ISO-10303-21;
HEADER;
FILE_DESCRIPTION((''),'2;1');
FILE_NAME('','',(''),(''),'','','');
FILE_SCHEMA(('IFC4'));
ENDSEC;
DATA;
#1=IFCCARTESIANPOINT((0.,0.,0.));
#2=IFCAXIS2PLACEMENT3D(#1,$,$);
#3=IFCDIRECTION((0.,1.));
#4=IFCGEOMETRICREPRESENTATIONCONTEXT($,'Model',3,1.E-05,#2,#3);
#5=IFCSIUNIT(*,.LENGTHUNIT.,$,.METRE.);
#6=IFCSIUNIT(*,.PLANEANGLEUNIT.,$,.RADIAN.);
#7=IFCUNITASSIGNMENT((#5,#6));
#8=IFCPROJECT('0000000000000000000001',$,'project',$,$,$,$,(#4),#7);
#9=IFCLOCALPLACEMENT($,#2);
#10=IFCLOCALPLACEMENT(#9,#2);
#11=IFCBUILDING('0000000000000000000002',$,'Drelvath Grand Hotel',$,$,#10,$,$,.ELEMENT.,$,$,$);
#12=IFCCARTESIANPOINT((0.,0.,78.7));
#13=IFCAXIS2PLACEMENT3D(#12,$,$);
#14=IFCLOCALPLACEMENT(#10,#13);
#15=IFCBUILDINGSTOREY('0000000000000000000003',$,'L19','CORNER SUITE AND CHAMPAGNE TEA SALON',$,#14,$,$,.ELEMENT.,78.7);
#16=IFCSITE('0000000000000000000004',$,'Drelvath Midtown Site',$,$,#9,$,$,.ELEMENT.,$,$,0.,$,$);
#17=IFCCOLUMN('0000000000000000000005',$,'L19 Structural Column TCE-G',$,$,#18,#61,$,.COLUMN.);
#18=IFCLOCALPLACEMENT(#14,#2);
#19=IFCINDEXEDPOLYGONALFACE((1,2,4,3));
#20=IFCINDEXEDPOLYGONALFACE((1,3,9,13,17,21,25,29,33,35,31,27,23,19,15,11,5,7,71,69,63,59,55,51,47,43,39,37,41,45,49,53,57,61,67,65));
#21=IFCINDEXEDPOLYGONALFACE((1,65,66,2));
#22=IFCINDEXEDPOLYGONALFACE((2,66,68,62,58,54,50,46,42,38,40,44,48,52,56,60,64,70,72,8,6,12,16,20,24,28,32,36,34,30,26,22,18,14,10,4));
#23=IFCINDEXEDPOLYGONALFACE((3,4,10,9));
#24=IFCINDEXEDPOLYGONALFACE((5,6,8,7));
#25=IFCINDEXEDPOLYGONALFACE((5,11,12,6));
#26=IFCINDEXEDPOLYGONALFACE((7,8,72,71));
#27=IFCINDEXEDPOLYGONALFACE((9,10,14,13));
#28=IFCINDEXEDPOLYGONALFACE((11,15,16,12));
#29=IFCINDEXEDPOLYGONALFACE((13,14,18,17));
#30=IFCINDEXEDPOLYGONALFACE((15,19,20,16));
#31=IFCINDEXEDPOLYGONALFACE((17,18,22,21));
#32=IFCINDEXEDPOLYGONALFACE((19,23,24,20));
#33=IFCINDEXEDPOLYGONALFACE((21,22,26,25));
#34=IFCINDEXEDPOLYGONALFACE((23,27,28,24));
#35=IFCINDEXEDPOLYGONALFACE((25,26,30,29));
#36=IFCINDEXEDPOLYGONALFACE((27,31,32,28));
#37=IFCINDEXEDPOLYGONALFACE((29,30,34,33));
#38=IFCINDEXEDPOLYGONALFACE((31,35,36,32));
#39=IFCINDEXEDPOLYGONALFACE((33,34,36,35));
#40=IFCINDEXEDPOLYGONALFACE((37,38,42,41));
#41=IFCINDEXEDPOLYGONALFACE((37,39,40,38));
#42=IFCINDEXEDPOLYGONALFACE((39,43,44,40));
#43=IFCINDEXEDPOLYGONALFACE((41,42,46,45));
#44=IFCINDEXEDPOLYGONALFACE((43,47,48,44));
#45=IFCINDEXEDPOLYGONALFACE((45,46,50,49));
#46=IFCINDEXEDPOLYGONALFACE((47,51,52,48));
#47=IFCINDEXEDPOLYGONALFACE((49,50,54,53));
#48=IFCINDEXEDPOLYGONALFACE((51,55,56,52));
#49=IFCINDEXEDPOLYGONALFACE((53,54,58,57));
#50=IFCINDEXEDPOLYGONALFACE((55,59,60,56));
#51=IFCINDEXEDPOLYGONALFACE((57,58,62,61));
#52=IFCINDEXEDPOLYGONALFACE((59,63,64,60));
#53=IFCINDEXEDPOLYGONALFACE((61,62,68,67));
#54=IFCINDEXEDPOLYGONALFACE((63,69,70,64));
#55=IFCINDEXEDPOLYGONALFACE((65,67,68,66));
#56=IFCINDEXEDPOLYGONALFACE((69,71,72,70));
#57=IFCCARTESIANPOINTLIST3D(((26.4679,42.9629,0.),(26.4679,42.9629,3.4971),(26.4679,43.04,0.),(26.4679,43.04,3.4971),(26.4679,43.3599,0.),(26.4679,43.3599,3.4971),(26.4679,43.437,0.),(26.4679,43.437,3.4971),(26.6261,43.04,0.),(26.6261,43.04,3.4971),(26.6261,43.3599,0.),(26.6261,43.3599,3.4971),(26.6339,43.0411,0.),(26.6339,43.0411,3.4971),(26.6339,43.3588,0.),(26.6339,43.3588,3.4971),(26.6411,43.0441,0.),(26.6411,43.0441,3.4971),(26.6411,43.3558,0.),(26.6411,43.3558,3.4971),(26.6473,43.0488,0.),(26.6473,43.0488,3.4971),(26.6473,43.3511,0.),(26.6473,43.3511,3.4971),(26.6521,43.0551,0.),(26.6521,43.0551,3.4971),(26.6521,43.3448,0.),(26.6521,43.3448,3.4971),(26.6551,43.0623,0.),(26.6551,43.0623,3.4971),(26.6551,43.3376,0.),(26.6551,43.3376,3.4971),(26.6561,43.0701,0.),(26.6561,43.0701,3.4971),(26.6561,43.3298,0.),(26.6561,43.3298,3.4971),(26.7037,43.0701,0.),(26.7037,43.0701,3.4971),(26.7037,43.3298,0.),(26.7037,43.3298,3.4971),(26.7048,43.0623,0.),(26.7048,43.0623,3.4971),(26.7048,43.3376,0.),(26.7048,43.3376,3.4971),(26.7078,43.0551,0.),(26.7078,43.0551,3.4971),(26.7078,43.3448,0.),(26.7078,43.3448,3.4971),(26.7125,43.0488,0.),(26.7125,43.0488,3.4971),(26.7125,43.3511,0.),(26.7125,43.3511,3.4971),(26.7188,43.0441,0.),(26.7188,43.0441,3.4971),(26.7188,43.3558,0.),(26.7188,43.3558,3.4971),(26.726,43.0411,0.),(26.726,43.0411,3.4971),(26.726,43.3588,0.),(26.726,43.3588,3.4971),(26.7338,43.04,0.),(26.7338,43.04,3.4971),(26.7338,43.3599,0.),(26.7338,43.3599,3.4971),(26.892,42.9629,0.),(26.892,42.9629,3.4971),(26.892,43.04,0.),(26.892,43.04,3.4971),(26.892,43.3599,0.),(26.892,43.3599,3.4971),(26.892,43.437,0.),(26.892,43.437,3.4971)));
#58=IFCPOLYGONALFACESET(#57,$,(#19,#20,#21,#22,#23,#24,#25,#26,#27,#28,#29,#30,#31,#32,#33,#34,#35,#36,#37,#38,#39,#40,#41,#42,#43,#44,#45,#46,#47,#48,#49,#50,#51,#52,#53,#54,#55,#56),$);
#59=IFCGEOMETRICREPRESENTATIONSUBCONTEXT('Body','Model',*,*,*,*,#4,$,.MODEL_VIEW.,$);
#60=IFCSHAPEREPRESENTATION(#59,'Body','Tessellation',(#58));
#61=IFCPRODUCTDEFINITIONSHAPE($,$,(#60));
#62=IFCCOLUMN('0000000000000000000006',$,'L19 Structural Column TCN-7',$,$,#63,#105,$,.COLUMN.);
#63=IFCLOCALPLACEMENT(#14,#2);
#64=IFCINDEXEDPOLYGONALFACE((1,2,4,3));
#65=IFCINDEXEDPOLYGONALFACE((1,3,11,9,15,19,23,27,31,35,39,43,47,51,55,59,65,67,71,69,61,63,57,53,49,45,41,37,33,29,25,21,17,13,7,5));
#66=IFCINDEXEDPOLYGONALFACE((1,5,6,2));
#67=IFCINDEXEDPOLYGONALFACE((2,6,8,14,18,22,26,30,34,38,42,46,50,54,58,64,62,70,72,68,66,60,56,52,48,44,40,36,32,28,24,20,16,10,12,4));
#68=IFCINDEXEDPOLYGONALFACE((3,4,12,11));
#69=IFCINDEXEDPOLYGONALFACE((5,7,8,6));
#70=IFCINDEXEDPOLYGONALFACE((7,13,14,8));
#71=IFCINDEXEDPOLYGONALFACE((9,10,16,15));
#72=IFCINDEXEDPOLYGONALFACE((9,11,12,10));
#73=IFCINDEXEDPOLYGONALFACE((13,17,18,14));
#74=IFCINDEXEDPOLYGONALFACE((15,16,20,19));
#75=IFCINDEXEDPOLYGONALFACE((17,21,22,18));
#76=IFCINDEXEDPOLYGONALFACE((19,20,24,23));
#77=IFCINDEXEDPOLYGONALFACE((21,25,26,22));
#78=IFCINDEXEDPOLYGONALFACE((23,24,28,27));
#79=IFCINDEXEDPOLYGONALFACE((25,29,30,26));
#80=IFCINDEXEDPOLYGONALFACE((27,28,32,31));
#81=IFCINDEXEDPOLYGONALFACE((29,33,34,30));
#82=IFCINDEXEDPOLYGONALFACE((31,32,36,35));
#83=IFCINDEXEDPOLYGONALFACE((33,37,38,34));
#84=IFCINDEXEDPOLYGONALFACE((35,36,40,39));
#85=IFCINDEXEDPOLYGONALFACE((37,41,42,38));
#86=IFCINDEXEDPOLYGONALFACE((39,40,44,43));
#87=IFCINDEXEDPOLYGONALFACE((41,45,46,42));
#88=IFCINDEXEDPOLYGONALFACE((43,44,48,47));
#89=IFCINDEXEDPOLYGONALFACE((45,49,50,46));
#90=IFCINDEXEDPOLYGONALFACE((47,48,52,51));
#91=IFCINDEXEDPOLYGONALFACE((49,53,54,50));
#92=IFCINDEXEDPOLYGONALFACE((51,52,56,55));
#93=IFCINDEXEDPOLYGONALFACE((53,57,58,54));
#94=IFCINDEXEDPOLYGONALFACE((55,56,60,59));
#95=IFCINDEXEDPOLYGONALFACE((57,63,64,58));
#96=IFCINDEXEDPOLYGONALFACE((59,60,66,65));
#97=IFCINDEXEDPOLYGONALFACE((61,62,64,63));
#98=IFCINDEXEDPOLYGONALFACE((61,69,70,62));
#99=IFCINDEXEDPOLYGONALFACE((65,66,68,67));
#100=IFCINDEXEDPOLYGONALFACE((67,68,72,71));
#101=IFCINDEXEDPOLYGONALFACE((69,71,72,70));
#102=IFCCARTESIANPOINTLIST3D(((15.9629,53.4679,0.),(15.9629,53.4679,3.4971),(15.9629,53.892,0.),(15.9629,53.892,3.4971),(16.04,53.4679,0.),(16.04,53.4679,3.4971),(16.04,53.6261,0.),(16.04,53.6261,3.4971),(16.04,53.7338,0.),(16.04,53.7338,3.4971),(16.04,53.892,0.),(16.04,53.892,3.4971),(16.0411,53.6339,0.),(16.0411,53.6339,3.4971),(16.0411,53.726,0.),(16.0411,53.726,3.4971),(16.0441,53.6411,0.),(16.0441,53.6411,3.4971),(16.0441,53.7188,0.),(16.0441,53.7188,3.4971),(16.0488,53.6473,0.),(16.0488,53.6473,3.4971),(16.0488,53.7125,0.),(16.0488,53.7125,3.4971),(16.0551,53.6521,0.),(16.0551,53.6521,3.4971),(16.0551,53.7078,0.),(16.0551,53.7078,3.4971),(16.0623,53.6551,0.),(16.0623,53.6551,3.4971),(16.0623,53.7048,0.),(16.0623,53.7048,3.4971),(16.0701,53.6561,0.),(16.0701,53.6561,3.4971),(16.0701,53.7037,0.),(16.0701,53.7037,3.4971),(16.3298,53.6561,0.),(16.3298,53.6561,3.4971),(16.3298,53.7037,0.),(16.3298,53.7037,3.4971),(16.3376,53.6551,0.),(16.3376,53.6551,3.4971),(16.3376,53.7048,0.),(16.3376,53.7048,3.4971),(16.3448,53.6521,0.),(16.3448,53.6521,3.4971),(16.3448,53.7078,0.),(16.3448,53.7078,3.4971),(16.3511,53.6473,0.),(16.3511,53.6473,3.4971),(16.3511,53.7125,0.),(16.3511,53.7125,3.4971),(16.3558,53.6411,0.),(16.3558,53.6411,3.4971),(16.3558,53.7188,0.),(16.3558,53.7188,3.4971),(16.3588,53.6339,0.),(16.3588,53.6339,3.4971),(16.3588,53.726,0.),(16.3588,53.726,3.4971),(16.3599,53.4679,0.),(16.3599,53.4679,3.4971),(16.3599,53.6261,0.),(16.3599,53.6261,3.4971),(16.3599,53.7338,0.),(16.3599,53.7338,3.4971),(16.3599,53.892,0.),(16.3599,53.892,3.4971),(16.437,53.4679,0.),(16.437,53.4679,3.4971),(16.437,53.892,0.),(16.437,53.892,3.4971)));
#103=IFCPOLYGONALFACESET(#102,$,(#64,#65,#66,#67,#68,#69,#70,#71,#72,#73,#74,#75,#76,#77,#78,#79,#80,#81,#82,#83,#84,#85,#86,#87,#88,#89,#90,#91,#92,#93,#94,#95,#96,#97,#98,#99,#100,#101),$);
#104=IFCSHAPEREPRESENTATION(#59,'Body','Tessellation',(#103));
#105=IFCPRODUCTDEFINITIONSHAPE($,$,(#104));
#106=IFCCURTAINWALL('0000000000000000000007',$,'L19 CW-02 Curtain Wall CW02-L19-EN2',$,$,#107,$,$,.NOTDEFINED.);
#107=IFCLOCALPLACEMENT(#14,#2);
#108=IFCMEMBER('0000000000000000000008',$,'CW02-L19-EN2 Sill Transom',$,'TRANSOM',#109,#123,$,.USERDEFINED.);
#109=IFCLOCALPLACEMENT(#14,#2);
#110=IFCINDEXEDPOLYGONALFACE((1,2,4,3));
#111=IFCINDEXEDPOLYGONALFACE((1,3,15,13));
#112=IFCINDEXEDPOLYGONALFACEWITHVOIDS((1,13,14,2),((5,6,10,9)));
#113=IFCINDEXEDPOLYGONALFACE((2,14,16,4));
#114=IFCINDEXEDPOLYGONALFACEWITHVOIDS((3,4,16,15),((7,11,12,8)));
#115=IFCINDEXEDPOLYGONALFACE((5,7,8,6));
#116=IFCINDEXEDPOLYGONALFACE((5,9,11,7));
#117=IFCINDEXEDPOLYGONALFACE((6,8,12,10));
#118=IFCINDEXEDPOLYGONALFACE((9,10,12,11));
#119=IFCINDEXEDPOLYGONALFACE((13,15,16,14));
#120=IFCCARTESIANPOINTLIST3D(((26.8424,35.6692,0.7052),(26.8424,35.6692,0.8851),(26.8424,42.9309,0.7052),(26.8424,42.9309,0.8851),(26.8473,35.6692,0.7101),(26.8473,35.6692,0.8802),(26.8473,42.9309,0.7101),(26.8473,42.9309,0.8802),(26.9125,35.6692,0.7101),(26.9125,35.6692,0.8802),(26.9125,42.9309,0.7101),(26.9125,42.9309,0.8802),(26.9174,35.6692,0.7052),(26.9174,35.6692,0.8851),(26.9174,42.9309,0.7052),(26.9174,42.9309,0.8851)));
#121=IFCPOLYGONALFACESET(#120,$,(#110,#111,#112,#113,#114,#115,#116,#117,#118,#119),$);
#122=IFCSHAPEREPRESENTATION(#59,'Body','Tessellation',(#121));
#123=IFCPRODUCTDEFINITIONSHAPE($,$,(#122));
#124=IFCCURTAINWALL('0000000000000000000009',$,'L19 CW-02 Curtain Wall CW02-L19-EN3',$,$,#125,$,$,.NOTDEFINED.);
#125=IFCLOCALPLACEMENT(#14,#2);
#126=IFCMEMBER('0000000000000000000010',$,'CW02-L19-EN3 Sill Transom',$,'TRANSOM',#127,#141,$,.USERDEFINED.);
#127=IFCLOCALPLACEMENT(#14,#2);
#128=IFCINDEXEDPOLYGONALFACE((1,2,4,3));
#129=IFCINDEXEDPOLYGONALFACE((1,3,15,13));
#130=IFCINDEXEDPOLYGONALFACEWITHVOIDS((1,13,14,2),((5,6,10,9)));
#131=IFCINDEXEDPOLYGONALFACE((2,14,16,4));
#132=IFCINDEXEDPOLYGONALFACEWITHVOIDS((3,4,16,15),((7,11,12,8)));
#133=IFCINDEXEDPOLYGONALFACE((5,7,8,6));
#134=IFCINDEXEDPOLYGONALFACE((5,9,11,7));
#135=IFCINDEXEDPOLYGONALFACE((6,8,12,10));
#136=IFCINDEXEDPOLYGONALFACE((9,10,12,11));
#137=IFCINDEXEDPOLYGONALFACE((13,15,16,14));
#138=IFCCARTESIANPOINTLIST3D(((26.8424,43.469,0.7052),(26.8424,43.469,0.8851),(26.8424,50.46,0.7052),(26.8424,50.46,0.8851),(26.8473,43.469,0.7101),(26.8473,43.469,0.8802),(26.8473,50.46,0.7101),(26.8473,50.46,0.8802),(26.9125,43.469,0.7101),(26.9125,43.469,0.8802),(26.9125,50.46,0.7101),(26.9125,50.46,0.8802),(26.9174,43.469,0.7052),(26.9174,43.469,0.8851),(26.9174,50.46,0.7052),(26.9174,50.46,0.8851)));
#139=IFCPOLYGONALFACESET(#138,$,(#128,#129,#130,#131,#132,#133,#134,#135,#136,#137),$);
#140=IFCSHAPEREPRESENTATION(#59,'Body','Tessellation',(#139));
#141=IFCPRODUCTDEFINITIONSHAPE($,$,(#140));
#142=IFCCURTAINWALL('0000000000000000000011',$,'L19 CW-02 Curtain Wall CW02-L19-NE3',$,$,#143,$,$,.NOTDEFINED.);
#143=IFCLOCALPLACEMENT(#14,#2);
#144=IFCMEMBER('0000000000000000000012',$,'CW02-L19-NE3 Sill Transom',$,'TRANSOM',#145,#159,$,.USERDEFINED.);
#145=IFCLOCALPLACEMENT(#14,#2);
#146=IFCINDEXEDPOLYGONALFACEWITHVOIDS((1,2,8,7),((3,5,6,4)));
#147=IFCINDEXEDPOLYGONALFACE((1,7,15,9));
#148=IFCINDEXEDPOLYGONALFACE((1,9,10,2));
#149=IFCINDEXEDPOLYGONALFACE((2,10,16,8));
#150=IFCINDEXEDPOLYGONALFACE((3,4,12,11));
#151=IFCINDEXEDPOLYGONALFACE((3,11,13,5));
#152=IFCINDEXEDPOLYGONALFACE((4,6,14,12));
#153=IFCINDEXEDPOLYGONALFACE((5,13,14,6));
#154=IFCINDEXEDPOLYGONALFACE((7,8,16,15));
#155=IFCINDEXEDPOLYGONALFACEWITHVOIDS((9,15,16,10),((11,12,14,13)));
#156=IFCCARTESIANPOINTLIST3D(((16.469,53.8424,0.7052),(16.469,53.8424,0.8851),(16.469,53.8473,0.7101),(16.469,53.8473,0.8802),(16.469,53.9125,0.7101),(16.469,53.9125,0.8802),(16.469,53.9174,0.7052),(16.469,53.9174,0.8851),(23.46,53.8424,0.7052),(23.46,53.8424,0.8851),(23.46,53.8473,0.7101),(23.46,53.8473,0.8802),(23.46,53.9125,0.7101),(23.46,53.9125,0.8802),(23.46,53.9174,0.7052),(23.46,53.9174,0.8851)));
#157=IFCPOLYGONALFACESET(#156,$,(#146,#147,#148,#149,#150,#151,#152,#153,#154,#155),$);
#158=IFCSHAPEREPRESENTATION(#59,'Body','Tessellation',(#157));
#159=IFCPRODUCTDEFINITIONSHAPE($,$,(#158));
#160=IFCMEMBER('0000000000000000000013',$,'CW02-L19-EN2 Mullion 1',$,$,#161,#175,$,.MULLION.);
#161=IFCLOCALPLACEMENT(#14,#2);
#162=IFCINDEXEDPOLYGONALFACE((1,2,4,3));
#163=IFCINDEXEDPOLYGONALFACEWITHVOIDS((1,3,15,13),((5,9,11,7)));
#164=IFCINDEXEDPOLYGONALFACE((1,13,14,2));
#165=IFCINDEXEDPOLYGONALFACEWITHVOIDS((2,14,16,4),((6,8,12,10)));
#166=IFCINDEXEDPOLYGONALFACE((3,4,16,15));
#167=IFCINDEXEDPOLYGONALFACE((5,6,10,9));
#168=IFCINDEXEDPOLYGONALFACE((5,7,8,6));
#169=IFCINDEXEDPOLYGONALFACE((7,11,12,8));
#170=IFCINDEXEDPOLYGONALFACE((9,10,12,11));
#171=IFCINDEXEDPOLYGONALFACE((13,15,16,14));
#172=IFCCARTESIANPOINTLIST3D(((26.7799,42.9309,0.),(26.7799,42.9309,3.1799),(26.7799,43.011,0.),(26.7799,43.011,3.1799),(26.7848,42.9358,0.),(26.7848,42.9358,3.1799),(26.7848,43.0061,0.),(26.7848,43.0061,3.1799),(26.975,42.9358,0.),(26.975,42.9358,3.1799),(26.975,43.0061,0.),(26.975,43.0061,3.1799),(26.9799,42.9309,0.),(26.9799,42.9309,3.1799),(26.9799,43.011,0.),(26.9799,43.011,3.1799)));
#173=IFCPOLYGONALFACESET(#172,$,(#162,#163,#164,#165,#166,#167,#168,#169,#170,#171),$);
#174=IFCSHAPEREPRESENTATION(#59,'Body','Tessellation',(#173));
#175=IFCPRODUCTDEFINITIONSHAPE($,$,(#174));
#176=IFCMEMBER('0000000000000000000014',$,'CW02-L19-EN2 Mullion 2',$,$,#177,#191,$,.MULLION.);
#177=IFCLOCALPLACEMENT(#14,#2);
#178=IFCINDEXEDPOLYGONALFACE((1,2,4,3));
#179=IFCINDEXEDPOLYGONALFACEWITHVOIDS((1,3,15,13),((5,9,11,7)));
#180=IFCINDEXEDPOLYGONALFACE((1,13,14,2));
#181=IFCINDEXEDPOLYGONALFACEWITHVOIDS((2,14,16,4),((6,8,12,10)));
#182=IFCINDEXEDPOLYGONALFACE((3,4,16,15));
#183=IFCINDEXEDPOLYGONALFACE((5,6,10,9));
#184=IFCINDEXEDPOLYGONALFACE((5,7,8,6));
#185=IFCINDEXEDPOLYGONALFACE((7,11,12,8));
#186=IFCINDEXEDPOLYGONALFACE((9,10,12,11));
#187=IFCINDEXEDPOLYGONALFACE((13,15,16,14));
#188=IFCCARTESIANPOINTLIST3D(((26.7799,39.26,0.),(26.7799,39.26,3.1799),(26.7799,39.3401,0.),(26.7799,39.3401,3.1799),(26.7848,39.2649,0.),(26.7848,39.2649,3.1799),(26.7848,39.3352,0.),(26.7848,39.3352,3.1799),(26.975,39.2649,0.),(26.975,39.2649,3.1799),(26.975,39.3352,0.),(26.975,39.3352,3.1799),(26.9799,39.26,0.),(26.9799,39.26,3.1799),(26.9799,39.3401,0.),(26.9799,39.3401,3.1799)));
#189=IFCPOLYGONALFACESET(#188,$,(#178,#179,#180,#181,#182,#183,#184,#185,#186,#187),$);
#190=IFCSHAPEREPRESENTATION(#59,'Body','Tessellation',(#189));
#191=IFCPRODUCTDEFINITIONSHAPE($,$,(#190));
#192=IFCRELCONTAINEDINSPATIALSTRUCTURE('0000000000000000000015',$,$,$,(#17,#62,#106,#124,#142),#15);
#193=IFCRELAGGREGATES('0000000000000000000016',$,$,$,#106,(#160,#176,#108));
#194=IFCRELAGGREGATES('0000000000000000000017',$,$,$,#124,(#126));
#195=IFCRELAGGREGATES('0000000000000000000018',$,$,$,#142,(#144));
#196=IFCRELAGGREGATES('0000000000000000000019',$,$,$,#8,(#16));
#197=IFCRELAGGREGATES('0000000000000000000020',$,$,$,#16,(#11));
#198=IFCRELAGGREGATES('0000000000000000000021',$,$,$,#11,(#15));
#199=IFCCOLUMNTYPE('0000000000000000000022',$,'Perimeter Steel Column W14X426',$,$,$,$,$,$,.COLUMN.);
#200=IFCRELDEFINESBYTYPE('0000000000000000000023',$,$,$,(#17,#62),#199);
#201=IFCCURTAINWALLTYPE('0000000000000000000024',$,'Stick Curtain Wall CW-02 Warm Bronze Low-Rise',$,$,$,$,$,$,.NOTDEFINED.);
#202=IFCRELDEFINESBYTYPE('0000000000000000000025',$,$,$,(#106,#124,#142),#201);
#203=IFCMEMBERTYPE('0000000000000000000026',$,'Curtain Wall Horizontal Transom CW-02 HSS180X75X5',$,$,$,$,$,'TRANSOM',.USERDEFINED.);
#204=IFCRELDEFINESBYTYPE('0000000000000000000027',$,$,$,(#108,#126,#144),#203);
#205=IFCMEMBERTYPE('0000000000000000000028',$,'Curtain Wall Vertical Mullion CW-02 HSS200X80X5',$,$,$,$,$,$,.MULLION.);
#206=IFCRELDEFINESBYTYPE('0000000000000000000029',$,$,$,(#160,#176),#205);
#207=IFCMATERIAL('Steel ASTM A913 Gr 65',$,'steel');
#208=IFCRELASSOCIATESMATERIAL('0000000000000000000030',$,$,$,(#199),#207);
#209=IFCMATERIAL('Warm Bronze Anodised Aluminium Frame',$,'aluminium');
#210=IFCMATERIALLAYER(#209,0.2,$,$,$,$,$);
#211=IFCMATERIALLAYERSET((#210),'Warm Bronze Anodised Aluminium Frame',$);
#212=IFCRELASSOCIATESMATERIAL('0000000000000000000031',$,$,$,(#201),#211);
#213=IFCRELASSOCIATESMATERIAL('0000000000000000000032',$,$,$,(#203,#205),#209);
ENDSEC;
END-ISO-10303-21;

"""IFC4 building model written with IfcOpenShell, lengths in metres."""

from ifc_helpers import new_model, si_unit, direction, frame, origin, origin_2d, place, context, subcontext, project, spatial, hollow_rectangle, i_section, extrude, material, layer, layer_set, material_profile, profile_set, type_object, element, aggregate, save


model = new_model("IFC4")

# Units and contexts
model_context = context("Model", 3, precision=1e-05, world=origin(), true_north=direction((0.0, 1.0)))
body_context = subcontext(model_context, "Body", "Model", "MODEL_VIEW")
ifc_project = project(units=[si_unit("LENGTHUNIT", "METRE"), si_unit("PLANEANGLEUNIT", "RADIAN")], contexts=[model_context])

# Site, building, storey
site_placement = place(None, origin())
site = spatial("IfcSite", under=ifc_project, at=site_placement, Name="Drelvath Midtown Site", CompositionType="ELEMENT", RefElevation=0.0)
building_placement = place(site_placement, origin())
building = spatial("IfcBuilding", under=site, at=building_placement, Name="Drelvath Grand Hotel", CompositionType="ELEMENT")
storey_placement = place(building_placement, frame((0.0, 0.0, 78.7)))
storey = spatial("IfcBuildingStorey", under=building, at=storey_placement, Name="L19", Description="CORNER SUITE AND CHAMPAGNE TEA SALON", CompositionType="ELEMENT", Elevation=78.7)

# Columns
ifc_material_1 = material(Name="Steel ASTM A913 Gr 65", Category="steel")
ifc_material_profile_1 = material_profile(ifc_material_1, i_section(OverallWidth=0.4241, OverallDepth=0.4741, WebThickness=0.0476, FlangeThickness=0.0771, FilletRadius=0.03, at=origin_2d()), Name="W14X426")
ifc_profile_set_1 = profile_set([ifc_material_profile_1], Name="Steel ASTM A913 Gr 65")
column_type = type_object("IfcColumnType", Name="Perimeter Steel Column W14X426", PredefinedType="COLUMN", material=ifc_profile_set_1)
for number, where, z_axis, x_axis, name in (
    (1, (26.6799, 43.2, 0.0), (0.0, 0.0, 1.0), (1.0, 0.0, 0.0), "L19 Structural Column TCE-G"),
    (2, (16.2, 53.6799, 0.0), (0.0, 0.0, 1.0), (0.0, 1.0, 0.0), "L19 Structural Column TCN-7"),
):
    element("IfcColumn", number, at=place(storey_placement, frame(where, z_axis=z_axis, x_axis=x_axis)), inside=storey, type_object=column_type, Name=name, PredefinedType="COLUMN", context=body_context, shape_type="SweptSolid", body=[
        extrude(i_section(OverallWidth=0.4241, OverallDepth=0.4741, WebThickness=0.0476, FlangeThickness=0.0771, FilletRadius=0.03, at=origin_2d()), origin(), (0.0, 0.0, 1.0), 3.4971),
    ])

# Curtain walls, members
ifc_material_2 = material(Name="Warm Bronze Anodised Aluminium Frame", Category="aluminium")
ifc_layer_1 = layer(ifc_material_2, 0.2)
ifc_layer_set_1 = layer_set([ifc_layer_1], Name="Warm Bronze Anodised Aluminium Frame")
curtain_wall_type = type_object("IfcCurtainWallType", Name="Stick Curtain Wall CW-02 Warm Bronze Low-Rise", PredefinedType="NOTDEFINED", material=ifc_layer_set_1)
curtain_wall_1_placement = place(storey_placement, origin())
curtain_wall_1 = element("IfcCurtainWall", 3, at=curtain_wall_1_placement, inside=storey, type_object=curtain_wall_type, Name="L19 CW-02 Curtain Wall CW02-L19-EN2", PredefinedType="NOTDEFINED")
ifc_material_profile_2 = material_profile(ifc_material_2, hollow_rectangle(XDim=0.075, YDim=0.1799, WallThickness=0.0049, at=origin_2d()), Name="HSS180X75X5")
ifc_profile_set_2 = profile_set([ifc_material_profile_2], Name="Warm Bronze Anodised Aluminium Frame")
member_type_1 = type_object("IfcMemberType", Name="Curtain Wall Horizontal Transom CW-02 HSS180X75X5", ElementType="TRANSOM", PredefinedType="USERDEFINED", material=ifc_profile_set_2)
member_1_placement = place(storey_placement, frame((26.8799, 42.9309, 0.7952), z_axis=(0.0, -1.0, 0.0), x_axis=(1.0, 0.0, 0.0)))
member_1 = element("IfcMember", 4, at=member_1_placement, type_object=member_type_1, Name="CW02-L19-EN2 Sill Transom", ObjectType="TRANSOM", PredefinedType="USERDEFINED", context=body_context, shape_type="SweptSolid", body=[
    extrude(hollow_rectangle(XDim=0.075, YDim=0.1799, WallThickness=0.0049, at=origin_2d()), origin(), (0.0, 0.0, 1.0), 7.2617),
])
curtain_wall_2_placement = place(storey_placement, origin())
curtain_wall_2 = element("IfcCurtainWall", 5, at=curtain_wall_2_placement, inside=storey, type_object=curtain_wall_type, Name="L19 CW-02 Curtain Wall CW02-L19-EN3", PredefinedType="NOTDEFINED")
member_2_placement = place(storey_placement, frame((26.8799, 50.46, 0.7952), z_axis=(0.0, -1.0, 0.0), x_axis=(1.0, 0.0, 0.0)))
member_2 = element("IfcMember", 6, at=member_2_placement, type_object=member_type_1, Name="CW02-L19-EN3 Sill Transom", ObjectType="TRANSOM", PredefinedType="USERDEFINED", context=body_context, shape_type="SweptSolid", body=[
    extrude(hollow_rectangle(XDim=0.075, YDim=0.1799, WallThickness=0.0049, at=origin_2d()), origin(), (0.0, 0.0, 1.0), 6.991),
])
curtain_wall_3_placement = place(storey_placement, origin())
curtain_wall_3 = element("IfcCurtainWall", 7, at=curtain_wall_3_placement, inside=storey, type_object=curtain_wall_type, Name="L19 CW-02 Curtain Wall CW02-L19-NE3", PredefinedType="NOTDEFINED")
member_3_placement = place(storey_placement, frame((16.469, 53.8799, 0.7952), z_axis=(1.0, 0.0, 0.0), x_axis=(0.0, 1.0, 0.0)))
member_3 = element("IfcMember", 8, at=member_3_placement, type_object=member_type_1, Name="CW02-L19-NE3 Sill Transom", ObjectType="TRANSOM", PredefinedType="USERDEFINED", context=body_context, shape_type="SweptSolid", body=[
    extrude(hollow_rectangle(XDim=0.075, YDim=0.1799, WallThickness=0.0049, at=origin_2d()), origin(), (0.0, 0.0, 1.0), 6.991),
])

# Members
ifc_material_profile_3 = material_profile(ifc_material_2, hollow_rectangle(XDim=0.0801, YDim=0.2, WallThickness=0.0049, at=origin_2d()), Name="HSS200X80X5")
ifc_profile_set_3 = profile_set([ifc_material_profile_3], Name="Warm Bronze Anodised Aluminium Frame")
member_type_2 = type_object("IfcMemberType", Name="Curtain Wall Vertical Mullion CW-02 HSS200X80X5", PredefinedType="MULLION", material=ifc_profile_set_3)
member_4_placement = place(storey_placement, frame((26.8799, 42.9709, 0.0), z_axis=(0.0, 0.0, 1.0), x_axis=(0.0, 1.0, 0.0)))
member_4 = element("IfcMember", 9, at=member_4_placement, type_object=member_type_2, Name="CW02-L19-EN2 Mullion 1", PredefinedType="MULLION", context=body_context, shape_type="SweptSolid", body=[
    extrude(hollow_rectangle(XDim=0.0801, YDim=0.2, WallThickness=0.0049, at=origin_2d()), origin(), (0.0, 0.0, 1.0), 3.1799),
])
member_5_placement = place(storey_placement, frame((26.8799, 39.3, 0.0), z_axis=(0.0, 0.0, 1.0), x_axis=(0.0, 1.0, 0.0)))
member_5 = element("IfcMember", 10, at=member_5_placement, type_object=member_type_2, Name="CW02-L19-EN2 Mullion 2", PredefinedType="MULLION", context=body_context, shape_type="SweptSolid", body=[
    extrude(hollow_rectangle(XDim=0.0801, YDim=0.2, WallThickness=0.0049, at=origin_2d()), origin(), (0.0, 0.0, 1.0), 3.1799),
])

aggregate(curtain_wall_1, [member_4, member_5, member_1])
aggregate(curtain_wall_2, [member_2])
aggregate(curtain_wall_3, [member_3])

save(model, "model.ifc")
